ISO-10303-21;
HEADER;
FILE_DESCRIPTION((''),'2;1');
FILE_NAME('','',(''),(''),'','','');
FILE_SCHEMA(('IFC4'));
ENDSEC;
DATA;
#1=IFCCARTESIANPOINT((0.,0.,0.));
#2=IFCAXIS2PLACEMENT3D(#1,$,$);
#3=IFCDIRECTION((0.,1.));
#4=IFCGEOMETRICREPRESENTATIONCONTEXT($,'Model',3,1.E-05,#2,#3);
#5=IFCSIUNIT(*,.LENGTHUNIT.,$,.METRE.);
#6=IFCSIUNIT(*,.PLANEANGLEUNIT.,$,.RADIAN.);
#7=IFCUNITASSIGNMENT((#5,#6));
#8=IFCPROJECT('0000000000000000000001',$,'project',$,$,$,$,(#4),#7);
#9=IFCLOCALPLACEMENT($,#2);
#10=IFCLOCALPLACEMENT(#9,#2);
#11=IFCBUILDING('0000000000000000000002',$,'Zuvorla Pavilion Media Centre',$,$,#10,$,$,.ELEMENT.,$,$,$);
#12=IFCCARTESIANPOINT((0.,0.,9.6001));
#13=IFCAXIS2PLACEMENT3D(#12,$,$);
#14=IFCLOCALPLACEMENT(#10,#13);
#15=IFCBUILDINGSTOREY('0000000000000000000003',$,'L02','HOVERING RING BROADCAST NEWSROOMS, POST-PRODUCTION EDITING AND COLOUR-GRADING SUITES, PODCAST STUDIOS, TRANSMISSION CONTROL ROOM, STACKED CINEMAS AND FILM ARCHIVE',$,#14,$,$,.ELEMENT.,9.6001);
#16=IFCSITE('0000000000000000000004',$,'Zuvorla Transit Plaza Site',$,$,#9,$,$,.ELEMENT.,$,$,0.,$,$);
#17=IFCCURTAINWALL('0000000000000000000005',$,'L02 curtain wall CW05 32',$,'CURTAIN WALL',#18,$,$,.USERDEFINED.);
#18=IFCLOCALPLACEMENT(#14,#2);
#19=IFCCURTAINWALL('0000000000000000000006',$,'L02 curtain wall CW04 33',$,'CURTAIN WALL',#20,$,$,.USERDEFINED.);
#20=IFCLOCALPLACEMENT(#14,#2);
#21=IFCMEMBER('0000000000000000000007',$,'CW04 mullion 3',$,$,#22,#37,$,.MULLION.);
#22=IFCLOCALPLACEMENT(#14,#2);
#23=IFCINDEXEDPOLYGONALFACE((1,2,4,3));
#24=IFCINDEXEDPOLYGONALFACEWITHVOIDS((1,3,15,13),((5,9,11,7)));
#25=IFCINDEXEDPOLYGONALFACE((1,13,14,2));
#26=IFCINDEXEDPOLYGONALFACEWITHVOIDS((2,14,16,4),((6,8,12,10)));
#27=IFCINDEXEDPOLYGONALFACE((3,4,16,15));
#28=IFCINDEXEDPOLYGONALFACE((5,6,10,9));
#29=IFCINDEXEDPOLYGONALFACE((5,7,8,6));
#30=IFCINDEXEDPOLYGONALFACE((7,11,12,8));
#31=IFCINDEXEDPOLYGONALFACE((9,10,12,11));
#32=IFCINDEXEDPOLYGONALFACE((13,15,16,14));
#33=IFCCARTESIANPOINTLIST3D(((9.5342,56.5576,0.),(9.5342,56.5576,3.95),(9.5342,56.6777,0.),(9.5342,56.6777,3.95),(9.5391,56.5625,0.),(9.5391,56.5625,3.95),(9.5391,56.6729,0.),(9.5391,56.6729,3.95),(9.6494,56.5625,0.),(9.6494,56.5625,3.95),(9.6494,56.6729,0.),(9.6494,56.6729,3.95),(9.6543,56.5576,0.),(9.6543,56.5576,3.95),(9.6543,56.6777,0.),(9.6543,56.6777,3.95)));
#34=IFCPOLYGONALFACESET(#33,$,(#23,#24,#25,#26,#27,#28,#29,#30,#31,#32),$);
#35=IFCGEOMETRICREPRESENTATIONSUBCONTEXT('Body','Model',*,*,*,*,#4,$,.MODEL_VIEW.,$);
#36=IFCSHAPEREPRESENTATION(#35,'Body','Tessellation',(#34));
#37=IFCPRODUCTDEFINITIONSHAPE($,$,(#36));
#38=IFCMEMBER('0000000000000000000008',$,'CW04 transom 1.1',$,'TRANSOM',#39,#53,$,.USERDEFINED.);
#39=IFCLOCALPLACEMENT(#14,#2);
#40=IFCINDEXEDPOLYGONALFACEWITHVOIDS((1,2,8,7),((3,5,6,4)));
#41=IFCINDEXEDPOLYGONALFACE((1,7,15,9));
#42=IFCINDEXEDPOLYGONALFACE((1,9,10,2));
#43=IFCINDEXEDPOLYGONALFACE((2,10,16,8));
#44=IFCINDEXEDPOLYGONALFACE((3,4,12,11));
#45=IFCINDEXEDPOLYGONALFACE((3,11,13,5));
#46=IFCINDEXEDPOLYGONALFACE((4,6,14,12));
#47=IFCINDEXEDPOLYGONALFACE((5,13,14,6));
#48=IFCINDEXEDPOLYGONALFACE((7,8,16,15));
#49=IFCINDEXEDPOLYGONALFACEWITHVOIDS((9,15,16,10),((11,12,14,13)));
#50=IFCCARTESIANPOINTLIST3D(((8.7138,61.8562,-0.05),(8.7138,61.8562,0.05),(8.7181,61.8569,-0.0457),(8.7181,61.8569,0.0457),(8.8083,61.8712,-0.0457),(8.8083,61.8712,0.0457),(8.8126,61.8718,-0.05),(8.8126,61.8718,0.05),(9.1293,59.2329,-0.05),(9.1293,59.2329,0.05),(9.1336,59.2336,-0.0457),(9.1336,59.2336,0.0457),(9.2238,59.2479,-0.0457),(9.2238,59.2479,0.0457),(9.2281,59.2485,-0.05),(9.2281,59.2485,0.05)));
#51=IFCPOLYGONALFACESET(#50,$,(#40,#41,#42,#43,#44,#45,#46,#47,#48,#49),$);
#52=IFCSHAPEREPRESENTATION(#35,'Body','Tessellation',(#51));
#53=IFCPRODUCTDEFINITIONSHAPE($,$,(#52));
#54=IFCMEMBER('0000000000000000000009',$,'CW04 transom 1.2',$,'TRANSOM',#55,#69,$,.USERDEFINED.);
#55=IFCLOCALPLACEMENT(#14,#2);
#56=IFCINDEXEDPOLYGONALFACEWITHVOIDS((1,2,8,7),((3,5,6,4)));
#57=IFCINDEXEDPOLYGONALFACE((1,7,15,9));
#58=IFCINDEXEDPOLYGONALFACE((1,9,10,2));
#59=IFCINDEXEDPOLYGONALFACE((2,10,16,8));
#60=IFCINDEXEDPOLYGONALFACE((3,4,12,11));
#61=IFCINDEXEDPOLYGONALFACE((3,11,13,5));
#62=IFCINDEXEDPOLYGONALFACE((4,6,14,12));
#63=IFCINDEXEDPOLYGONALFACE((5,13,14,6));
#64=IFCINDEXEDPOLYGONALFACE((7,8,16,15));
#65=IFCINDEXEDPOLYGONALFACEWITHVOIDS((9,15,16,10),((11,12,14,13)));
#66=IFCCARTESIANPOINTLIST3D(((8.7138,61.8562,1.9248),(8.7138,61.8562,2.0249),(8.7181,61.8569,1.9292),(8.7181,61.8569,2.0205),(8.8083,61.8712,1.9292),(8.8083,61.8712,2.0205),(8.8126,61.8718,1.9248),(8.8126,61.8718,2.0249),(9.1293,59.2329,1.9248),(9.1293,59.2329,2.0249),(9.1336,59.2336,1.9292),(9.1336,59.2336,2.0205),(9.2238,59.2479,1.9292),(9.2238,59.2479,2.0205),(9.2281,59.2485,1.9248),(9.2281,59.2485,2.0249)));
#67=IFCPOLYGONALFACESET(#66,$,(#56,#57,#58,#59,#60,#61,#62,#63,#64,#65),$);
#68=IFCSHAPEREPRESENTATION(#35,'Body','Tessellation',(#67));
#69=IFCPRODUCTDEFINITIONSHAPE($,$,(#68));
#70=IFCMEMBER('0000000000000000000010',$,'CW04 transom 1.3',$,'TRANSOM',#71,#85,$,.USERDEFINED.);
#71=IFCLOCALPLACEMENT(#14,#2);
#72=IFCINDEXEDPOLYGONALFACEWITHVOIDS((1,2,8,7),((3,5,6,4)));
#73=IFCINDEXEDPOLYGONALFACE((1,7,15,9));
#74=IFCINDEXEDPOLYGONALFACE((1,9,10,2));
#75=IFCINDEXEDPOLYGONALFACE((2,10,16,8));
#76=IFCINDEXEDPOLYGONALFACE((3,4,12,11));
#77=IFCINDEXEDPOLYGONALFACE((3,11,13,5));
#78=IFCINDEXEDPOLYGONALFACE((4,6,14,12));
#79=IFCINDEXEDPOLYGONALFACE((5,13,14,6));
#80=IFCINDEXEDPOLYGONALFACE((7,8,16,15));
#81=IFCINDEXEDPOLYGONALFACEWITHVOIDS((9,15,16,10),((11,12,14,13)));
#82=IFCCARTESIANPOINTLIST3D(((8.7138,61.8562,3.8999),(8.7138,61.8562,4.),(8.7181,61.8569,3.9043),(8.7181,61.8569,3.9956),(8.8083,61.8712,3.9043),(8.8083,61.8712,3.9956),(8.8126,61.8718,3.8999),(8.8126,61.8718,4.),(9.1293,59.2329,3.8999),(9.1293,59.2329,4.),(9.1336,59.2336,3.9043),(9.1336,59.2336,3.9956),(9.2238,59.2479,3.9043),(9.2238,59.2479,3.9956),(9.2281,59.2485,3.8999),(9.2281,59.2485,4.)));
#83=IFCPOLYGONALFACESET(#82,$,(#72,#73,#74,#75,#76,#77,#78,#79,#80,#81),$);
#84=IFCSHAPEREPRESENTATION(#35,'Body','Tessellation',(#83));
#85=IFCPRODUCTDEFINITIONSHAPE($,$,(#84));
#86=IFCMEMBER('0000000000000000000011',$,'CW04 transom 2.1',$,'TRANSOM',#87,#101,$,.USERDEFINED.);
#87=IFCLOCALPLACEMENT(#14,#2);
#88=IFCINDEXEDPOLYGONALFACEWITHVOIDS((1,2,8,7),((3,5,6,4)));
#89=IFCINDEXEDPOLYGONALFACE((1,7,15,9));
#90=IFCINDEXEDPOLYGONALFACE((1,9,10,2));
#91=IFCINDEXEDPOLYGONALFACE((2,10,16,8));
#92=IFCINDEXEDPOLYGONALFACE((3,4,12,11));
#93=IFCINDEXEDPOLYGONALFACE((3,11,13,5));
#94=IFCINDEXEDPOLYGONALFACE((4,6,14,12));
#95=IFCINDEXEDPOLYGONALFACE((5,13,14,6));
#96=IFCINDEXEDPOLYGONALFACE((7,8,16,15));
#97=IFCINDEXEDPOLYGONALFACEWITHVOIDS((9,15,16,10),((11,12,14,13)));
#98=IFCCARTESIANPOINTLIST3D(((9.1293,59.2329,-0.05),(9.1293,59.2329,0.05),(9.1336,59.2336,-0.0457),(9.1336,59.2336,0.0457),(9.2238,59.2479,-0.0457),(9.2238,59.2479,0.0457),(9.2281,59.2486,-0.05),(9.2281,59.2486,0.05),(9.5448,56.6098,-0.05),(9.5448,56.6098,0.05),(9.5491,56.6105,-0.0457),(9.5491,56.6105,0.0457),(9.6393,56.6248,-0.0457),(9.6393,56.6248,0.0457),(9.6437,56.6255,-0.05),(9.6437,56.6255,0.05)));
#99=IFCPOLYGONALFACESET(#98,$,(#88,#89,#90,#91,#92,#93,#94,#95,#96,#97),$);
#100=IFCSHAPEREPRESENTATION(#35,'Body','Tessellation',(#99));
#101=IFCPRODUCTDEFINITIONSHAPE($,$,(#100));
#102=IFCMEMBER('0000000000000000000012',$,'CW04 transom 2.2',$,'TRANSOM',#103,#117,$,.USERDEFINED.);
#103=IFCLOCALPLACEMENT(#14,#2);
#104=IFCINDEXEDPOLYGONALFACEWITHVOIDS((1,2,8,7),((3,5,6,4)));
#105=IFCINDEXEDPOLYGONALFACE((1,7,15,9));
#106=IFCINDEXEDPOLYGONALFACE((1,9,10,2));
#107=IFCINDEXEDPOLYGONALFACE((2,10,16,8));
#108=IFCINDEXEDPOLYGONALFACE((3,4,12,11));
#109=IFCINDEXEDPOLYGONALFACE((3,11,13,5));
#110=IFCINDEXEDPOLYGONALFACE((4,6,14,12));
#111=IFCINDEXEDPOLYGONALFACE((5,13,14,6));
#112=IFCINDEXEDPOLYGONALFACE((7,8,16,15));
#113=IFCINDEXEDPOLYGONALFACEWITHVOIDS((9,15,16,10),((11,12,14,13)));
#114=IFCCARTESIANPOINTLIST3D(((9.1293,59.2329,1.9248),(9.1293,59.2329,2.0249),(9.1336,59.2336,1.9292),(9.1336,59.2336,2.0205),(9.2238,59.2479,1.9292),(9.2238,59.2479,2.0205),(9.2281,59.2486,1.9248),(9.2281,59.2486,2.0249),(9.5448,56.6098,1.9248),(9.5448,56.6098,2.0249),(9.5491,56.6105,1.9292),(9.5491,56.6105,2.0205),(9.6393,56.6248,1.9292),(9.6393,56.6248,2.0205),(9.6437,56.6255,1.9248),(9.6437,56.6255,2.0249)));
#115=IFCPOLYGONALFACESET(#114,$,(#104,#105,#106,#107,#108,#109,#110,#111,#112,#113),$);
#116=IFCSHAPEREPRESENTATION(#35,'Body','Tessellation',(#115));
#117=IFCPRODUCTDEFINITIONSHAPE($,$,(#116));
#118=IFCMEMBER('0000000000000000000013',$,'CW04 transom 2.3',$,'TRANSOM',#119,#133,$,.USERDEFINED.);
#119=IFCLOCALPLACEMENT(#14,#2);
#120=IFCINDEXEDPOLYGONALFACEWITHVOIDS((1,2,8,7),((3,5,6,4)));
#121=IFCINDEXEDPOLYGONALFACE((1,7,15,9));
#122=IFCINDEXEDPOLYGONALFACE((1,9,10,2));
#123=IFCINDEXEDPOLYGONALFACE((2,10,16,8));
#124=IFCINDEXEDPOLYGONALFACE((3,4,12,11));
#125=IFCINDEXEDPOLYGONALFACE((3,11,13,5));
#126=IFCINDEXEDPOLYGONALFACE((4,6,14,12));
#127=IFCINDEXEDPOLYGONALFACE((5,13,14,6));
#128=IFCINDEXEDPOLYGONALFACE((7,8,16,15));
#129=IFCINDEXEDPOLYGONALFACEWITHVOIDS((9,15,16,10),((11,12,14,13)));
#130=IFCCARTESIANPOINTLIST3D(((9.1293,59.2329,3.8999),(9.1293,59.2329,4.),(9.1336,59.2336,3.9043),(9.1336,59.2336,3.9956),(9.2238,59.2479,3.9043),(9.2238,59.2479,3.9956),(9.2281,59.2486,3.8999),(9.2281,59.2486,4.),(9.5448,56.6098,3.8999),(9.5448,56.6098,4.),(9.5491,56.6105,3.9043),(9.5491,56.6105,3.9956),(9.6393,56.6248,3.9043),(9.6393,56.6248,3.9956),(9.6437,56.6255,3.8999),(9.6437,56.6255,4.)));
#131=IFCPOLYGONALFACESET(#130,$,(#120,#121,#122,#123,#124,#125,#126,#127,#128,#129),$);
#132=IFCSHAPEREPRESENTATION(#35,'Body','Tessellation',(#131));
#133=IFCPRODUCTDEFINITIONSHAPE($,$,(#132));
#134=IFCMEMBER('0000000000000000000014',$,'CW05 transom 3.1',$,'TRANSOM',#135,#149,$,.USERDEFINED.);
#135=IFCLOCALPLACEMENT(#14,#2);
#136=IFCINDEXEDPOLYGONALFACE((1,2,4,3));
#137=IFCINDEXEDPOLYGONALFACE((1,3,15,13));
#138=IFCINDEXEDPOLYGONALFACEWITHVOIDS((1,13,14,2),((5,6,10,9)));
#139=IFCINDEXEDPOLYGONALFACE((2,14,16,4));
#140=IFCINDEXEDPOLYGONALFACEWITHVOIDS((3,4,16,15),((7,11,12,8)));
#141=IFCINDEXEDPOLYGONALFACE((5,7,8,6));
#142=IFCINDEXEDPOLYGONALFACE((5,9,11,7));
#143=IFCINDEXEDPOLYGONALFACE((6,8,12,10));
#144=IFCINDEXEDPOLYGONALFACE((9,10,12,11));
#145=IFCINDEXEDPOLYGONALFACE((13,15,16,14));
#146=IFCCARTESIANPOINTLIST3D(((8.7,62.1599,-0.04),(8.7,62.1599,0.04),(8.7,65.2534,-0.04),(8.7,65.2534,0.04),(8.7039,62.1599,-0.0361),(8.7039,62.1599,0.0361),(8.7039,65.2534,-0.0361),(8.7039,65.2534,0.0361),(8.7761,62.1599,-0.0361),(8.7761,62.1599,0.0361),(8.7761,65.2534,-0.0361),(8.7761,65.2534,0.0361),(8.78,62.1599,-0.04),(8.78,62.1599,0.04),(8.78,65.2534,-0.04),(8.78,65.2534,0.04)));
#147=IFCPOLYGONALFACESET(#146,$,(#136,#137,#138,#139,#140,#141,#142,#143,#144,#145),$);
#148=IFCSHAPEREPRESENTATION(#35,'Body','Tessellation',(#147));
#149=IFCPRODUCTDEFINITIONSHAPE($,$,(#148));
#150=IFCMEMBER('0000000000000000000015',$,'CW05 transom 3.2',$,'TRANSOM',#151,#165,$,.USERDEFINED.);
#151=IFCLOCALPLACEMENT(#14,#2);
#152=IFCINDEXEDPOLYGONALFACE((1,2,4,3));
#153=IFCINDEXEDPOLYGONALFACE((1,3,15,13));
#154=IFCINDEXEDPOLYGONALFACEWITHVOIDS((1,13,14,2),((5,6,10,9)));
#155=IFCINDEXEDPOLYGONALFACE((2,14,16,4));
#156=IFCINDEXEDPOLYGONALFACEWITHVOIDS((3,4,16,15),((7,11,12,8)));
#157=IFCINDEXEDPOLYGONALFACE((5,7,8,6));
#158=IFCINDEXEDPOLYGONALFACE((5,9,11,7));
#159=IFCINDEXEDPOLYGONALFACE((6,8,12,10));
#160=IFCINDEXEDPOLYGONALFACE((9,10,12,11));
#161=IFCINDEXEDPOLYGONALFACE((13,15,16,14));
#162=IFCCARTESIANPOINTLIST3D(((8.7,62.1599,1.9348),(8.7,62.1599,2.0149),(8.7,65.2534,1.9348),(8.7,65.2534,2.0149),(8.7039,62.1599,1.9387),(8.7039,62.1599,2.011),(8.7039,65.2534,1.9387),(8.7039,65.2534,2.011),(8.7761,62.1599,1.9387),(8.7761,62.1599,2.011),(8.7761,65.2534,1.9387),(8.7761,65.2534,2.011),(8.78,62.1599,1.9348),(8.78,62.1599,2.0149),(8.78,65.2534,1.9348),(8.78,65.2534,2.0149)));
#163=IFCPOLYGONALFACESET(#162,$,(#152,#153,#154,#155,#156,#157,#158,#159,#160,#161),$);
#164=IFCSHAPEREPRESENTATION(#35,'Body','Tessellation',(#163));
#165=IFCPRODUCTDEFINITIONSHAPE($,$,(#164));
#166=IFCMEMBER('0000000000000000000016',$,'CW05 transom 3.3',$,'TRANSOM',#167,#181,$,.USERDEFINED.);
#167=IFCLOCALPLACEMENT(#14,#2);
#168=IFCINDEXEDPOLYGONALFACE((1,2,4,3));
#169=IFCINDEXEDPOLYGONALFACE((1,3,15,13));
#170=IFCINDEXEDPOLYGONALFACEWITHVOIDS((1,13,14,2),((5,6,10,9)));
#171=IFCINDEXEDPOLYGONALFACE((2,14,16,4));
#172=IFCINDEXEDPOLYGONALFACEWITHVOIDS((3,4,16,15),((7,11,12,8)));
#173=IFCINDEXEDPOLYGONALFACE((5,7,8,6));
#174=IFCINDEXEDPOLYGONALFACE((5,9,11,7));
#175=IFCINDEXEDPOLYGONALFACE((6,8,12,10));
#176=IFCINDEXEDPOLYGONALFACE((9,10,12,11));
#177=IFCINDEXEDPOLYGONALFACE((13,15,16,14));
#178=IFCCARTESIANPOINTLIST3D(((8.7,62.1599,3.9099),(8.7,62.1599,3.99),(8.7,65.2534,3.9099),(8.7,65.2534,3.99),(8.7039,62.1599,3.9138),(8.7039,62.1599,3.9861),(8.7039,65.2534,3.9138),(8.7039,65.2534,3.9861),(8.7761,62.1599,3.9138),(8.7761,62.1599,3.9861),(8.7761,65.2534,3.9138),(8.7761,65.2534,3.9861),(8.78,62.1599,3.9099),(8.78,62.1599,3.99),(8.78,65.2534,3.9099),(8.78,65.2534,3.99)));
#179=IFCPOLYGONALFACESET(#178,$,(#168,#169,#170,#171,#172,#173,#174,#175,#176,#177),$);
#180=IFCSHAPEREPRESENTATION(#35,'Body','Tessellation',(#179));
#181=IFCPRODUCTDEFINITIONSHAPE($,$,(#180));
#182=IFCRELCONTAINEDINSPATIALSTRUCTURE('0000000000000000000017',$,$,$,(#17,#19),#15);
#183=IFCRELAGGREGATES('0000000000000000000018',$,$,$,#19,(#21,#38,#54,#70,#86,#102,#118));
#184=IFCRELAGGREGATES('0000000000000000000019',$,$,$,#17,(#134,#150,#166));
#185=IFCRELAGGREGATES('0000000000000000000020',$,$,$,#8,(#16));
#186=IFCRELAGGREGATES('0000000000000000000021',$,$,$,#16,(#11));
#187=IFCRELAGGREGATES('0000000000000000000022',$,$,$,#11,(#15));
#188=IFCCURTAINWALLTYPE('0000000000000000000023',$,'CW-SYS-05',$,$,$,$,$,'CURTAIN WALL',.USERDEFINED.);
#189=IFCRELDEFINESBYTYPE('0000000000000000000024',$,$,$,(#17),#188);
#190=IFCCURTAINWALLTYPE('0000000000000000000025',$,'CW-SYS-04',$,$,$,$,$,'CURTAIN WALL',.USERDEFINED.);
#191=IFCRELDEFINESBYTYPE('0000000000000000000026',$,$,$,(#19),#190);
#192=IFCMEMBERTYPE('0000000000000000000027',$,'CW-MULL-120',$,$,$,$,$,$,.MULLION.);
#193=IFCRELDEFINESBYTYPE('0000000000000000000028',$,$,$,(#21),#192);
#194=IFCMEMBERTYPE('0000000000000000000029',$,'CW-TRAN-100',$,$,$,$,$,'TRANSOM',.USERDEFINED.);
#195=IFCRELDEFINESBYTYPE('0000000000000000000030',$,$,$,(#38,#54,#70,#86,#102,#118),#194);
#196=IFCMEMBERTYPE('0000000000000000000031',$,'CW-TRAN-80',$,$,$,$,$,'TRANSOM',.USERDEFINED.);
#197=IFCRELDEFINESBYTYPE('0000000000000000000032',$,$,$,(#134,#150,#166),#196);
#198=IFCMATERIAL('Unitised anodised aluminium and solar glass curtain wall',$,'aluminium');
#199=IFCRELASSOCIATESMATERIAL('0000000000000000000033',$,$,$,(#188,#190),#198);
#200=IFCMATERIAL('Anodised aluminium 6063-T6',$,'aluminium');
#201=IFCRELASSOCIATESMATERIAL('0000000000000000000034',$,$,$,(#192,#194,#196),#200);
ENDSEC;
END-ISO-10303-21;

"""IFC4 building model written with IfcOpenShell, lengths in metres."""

from ifc_helpers import new_model, si_unit, direction, frame, origin, origin_2d, place, context, subcontext, project, spatial, hollow_rectangle, extrude, material, material_profile, profile_set, type_object, element, aggregate, save


model = new_model("IFC4")

# Units and contexts
model_context = context("Model", 3, precision=1e-05, world=origin(), true_north=direction((0.0, 1.0)))
body_context = subcontext(model_context, "Body", "Model", "MODEL_VIEW")
ifc_project = project(units=[si_unit("LENGTHUNIT", "METRE"), si_unit("PLANEANGLEUNIT", "RADIAN")], contexts=[model_context])

# Site, building, storey
site_placement = place(None, origin())
site = spatial("IfcSite", under=ifc_project, at=site_placement, Name="Zuvorla Transit Plaza Site", CompositionType="ELEMENT", RefElevation=0.0)
building_placement = place(site_placement, origin())
building = spatial("IfcBuilding", under=site, at=building_placement, Name="Zuvorla Pavilion Media Centre", CompositionType="ELEMENT")
storey_placement = place(building_placement, frame((0.0, 0.0, 9.6001)))
storey = spatial("IfcBuildingStorey", under=building, at=storey_placement, Name="L02", Description="HOVERING RING BROADCAST NEWSROOMS, POST-PRODUCTION EDITING AND COLOUR-GRADING SUITES, PODCAST STUDIOS, TRANSMISSION CONTROL ROOM, STACKED CINEMAS AND FILM ARCHIVE", CompositionType="ELEMENT", Elevation=9.6001)

# Curtain wall
ifc_material_1 = material(Name="Unitised anodised aluminium and solar glass curtain wall", Category="aluminium")
curtain_wall_type_1 = type_object("IfcCurtainWallType", Name="CW-SYS-05", ElementType="CURTAIN WALL", PredefinedType="USERDEFINED", material=ifc_material_1)
curtain_wall_1_placement = place(storey_placement, origin())
curtain_wall_1 = element("IfcCurtainWall", 1, at=curtain_wall_1_placement, inside=storey, type_object=curtain_wall_type_1, Name="L02 curtain wall CW05 32", ObjectType="CURTAIN WALL", PredefinedType="USERDEFINED")
ifc_material_2 = material(Name="Anodised aluminium 6063-T6", Category="aluminium")

# Curtain wall, members
curtain_wall_type_2 = type_object("IfcCurtainWallType", Name="CW-SYS-04", ElementType="CURTAIN WALL", PredefinedType="USERDEFINED", material=ifc_material_1)
curtain_wall_2_placement = place(storey_placement, origin())
curtain_wall_2 = element("IfcCurtainWall", 2, at=curtain_wall_2_placement, inside=storey, type_object=curtain_wall_type_2, Name="L02 curtain wall CW04 33", ObjectType="CURTAIN WALL", PredefinedType="USERDEFINED")
ifc_material_profile_1 = material_profile(ifc_material_2, hollow_rectangle(XDim=0.1201, YDim=0.1201, WallThickness=0.0049, at=origin_2d()), Name="ALU MULL 120x120")
ifc_profile_set_1 = profile_set([ifc_material_profile_1], Name="Anodised aluminium 6063-T6")
member_type_1 = type_object("IfcMemberType", Name="CW-MULL-120", PredefinedType="MULLION", material=ifc_profile_set_1)
member_1_placement = place(storey_placement, frame((9.5942, 56.6177, 0.0), z_axis=(0.0, 0.0, 1.0), x_axis=(1.0, 0.0, 0.0)))
member_1 = element("IfcMember", 3, at=member_1_placement, type_object=member_type_1, Name="CW04 mullion 3", PredefinedType="MULLION", context=body_context, shape_type="SweptSolid", body=[
    extrude(hollow_rectangle(XDim=0.1201, YDim=0.1201, WallThickness=0.0049, at=origin_2d()), origin(), (0.0, 0.0, 1.0), 3.95),
])
ifc_material_profile_2 = material_profile(ifc_material_2, hollow_rectangle(XDim=0.1001, YDim=0.1001, WallThickness=0.0044, at=origin_2d()), Name="ALU TRAN 100x100")
ifc_profile_set_2 = profile_set([ifc_material_profile_2], Name="Anodised aluminium 6063-T6")
member_type_2 = type_object("IfcMemberType", Name="CW-TRAN-100", ElementType="TRANSOM", PredefinedType="USERDEFINED", material=ifc_profile_set_2)
member_2_placement = place(storey_placement, frame((8.7632, 61.864, 0.0), z_axis=(0.156449, -0.987686, 0.0), x_axis=(0.987686, 0.156449, 0.0)))
member_2 = element("IfcMember", 4, at=member_2_placement, type_object=member_type_2, Name="CW04 transom 1.1", ObjectType="TRANSOM", PredefinedType="USERDEFINED", context=body_context, shape_type="SweptSolid", body=[
    extrude(hollow_rectangle(XDim=0.1001, YDim=0.1001, WallThickness=0.0044, at=origin_2d()), origin(), (0.0, 0.0, 1.0), 2.656),
])
member_3_placement = place(storey_placement, frame((8.7632, 61.864, 1.9749), z_axis=(0.156449, -0.987686, 0.0), x_axis=(0.987686, 0.156449, 0.0)))
member_3 = element("IfcMember", 5, at=member_3_placement, type_object=member_type_2, Name="CW04 transom 1.2", ObjectType="TRANSOM", PredefinedType="USERDEFINED", context=body_context, shape_type="SweptSolid", body=[
    extrude(hollow_rectangle(XDim=0.1001, YDim=0.1001, WallThickness=0.0044, at=origin_2d()), origin(), (0.0, 0.0, 1.0), 2.656),
])
member_4_placement = place(storey_placement, frame((8.7632, 61.864, 3.95), z_axis=(0.156449, -0.987686, 0.0), x_axis=(0.987686, 0.156449, 0.0)))
member_4 = element("IfcMember", 6, at=member_4_placement, type_object=member_type_2, Name="CW04 transom 1.3", ObjectType="TRANSOM", PredefinedType="USERDEFINED", context=body_context, shape_type="SweptSolid", body=[
    extrude(hollow_rectangle(XDim=0.1001, YDim=0.1001, WallThickness=0.0044, at=origin_2d()), origin(), (0.0, 0.0, 1.0), 2.656),
])
member_5_placement = place(storey_placement, frame((9.1787, 59.2407, 0.0), z_axis=(0.156463, -0.987684, 0.0), x_axis=(0.987684, 0.156463, 0.0)))
member_5 = element("IfcMember", 7, at=member_5_placement, type_object=member_type_2, Name="CW04 transom 2.1", ObjectType="TRANSOM", PredefinedType="USERDEFINED", context=body_context, shape_type="SweptSolid", body=[
    extrude(hollow_rectangle(XDim=0.1001, YDim=0.1001, WallThickness=0.0044, at=origin_2d()), origin(), (0.0, 0.0, 1.0), 2.6558),
])
member_6_placement = place(storey_placement, frame((9.1787, 59.2407, 1.9749), z_axis=(0.156463, -0.987684, 0.0), x_axis=(0.987684, 0.156463, 0.0)))
member_6 = element("IfcMember", 8, at=member_6_placement, type_object=member_type_2, Name="CW04 transom 2.2", ObjectType="TRANSOM", PredefinedType="USERDEFINED", context=body_context, shape_type="SweptSolid", body=[
    extrude(hollow_rectangle(XDim=0.1001, YDim=0.1001, WallThickness=0.0044, at=origin_2d()), origin(), (0.0, 0.0, 1.0), 2.6558),
])
member_7_placement = place(storey_placement, frame((9.1787, 59.2407, 3.95), z_axis=(0.156463, -0.987684, 0.0), x_axis=(0.987684, 0.156463, 0.0)))
member_7 = element("IfcMember", 9, at=member_7_placement, type_object=member_type_2, Name="CW04 transom 2.3", ObjectType="TRANSOM", PredefinedType="USERDEFINED", context=body_context, shape_type="SweptSolid", body=[
    extrude(hollow_rectangle(XDim=0.1001, YDim=0.1001, WallThickness=0.0044, at=origin_2d()), origin(), (0.0, 0.0, 1.0), 2.6558),
])

# Members
ifc_material_profile_3 = material_profile(ifc_material_2, hollow_rectangle(XDim=0.0801, YDim=0.0801, WallThickness=0.0039, at=origin_2d()), Name="ALU TRAN 80x80")
ifc_profile_set_3 = profile_set([ifc_material_profile_3], Name="Anodised aluminium 6063-T6")
member_type_3 = type_object("IfcMemberType", Name="CW-TRAN-80", ElementType="TRANSOM", PredefinedType="USERDEFINED", material=ifc_profile_set_3)
member_8_placement = place(storey_placement, frame((8.74, 65.2534, 0.0), z_axis=(0.0, -1.0, 0.0), x_axis=(1.0, 0.0, 0.0)))
member_8 = element("IfcMember", 10, at=member_8_placement, type_object=member_type_3, Name="CW05 transom 3.1", ObjectType="TRANSOM", PredefinedType="USERDEFINED", context=body_context, shape_type="SweptSolid", body=[
    extrude(hollow_rectangle(XDim=0.0801, YDim=0.0801, WallThickness=0.0039, at=origin_2d()), origin(), (0.0, 0.0, 1.0), 3.0935),
])
member_9_placement = place(storey_placement, frame((8.74, 65.2534, 1.9749), z_axis=(0.0, -1.0, 0.0), x_axis=(1.0, 0.0, 0.0)))
member_9 = element("IfcMember", 11, at=member_9_placement, type_object=member_type_3, Name="CW05 transom 3.2", ObjectType="TRANSOM", PredefinedType="USERDEFINED", context=body_context, shape_type="SweptSolid", body=[
    extrude(hollow_rectangle(XDim=0.0801, YDim=0.0801, WallThickness=0.0039, at=origin_2d()), origin(), (0.0, 0.0, 1.0), 3.0935),
])
member_10_placement = place(storey_placement, frame((8.74, 65.2534, 3.95), z_axis=(0.0, -1.0, 0.0), x_axis=(1.0, 0.0, 0.0)))
member_10 = element("IfcMember", 12, at=member_10_placement, type_object=member_type_3, Name="CW05 transom 3.3", ObjectType="TRANSOM", PredefinedType="USERDEFINED", context=body_context, shape_type="SweptSolid", body=[
    extrude(hollow_rectangle(XDim=0.0801, YDim=0.0801, WallThickness=0.0039, at=origin_2d()), origin(), (0.0, 0.0, 1.0), 3.0935),
])

aggregate(curtain_wall_2, [member_1, member_2, member_3, member_4, member_5, member_6, member_7])
aggregate(curtain_wall_1, [member_8, member_9, member_10])

save(model, "model.ifc")
